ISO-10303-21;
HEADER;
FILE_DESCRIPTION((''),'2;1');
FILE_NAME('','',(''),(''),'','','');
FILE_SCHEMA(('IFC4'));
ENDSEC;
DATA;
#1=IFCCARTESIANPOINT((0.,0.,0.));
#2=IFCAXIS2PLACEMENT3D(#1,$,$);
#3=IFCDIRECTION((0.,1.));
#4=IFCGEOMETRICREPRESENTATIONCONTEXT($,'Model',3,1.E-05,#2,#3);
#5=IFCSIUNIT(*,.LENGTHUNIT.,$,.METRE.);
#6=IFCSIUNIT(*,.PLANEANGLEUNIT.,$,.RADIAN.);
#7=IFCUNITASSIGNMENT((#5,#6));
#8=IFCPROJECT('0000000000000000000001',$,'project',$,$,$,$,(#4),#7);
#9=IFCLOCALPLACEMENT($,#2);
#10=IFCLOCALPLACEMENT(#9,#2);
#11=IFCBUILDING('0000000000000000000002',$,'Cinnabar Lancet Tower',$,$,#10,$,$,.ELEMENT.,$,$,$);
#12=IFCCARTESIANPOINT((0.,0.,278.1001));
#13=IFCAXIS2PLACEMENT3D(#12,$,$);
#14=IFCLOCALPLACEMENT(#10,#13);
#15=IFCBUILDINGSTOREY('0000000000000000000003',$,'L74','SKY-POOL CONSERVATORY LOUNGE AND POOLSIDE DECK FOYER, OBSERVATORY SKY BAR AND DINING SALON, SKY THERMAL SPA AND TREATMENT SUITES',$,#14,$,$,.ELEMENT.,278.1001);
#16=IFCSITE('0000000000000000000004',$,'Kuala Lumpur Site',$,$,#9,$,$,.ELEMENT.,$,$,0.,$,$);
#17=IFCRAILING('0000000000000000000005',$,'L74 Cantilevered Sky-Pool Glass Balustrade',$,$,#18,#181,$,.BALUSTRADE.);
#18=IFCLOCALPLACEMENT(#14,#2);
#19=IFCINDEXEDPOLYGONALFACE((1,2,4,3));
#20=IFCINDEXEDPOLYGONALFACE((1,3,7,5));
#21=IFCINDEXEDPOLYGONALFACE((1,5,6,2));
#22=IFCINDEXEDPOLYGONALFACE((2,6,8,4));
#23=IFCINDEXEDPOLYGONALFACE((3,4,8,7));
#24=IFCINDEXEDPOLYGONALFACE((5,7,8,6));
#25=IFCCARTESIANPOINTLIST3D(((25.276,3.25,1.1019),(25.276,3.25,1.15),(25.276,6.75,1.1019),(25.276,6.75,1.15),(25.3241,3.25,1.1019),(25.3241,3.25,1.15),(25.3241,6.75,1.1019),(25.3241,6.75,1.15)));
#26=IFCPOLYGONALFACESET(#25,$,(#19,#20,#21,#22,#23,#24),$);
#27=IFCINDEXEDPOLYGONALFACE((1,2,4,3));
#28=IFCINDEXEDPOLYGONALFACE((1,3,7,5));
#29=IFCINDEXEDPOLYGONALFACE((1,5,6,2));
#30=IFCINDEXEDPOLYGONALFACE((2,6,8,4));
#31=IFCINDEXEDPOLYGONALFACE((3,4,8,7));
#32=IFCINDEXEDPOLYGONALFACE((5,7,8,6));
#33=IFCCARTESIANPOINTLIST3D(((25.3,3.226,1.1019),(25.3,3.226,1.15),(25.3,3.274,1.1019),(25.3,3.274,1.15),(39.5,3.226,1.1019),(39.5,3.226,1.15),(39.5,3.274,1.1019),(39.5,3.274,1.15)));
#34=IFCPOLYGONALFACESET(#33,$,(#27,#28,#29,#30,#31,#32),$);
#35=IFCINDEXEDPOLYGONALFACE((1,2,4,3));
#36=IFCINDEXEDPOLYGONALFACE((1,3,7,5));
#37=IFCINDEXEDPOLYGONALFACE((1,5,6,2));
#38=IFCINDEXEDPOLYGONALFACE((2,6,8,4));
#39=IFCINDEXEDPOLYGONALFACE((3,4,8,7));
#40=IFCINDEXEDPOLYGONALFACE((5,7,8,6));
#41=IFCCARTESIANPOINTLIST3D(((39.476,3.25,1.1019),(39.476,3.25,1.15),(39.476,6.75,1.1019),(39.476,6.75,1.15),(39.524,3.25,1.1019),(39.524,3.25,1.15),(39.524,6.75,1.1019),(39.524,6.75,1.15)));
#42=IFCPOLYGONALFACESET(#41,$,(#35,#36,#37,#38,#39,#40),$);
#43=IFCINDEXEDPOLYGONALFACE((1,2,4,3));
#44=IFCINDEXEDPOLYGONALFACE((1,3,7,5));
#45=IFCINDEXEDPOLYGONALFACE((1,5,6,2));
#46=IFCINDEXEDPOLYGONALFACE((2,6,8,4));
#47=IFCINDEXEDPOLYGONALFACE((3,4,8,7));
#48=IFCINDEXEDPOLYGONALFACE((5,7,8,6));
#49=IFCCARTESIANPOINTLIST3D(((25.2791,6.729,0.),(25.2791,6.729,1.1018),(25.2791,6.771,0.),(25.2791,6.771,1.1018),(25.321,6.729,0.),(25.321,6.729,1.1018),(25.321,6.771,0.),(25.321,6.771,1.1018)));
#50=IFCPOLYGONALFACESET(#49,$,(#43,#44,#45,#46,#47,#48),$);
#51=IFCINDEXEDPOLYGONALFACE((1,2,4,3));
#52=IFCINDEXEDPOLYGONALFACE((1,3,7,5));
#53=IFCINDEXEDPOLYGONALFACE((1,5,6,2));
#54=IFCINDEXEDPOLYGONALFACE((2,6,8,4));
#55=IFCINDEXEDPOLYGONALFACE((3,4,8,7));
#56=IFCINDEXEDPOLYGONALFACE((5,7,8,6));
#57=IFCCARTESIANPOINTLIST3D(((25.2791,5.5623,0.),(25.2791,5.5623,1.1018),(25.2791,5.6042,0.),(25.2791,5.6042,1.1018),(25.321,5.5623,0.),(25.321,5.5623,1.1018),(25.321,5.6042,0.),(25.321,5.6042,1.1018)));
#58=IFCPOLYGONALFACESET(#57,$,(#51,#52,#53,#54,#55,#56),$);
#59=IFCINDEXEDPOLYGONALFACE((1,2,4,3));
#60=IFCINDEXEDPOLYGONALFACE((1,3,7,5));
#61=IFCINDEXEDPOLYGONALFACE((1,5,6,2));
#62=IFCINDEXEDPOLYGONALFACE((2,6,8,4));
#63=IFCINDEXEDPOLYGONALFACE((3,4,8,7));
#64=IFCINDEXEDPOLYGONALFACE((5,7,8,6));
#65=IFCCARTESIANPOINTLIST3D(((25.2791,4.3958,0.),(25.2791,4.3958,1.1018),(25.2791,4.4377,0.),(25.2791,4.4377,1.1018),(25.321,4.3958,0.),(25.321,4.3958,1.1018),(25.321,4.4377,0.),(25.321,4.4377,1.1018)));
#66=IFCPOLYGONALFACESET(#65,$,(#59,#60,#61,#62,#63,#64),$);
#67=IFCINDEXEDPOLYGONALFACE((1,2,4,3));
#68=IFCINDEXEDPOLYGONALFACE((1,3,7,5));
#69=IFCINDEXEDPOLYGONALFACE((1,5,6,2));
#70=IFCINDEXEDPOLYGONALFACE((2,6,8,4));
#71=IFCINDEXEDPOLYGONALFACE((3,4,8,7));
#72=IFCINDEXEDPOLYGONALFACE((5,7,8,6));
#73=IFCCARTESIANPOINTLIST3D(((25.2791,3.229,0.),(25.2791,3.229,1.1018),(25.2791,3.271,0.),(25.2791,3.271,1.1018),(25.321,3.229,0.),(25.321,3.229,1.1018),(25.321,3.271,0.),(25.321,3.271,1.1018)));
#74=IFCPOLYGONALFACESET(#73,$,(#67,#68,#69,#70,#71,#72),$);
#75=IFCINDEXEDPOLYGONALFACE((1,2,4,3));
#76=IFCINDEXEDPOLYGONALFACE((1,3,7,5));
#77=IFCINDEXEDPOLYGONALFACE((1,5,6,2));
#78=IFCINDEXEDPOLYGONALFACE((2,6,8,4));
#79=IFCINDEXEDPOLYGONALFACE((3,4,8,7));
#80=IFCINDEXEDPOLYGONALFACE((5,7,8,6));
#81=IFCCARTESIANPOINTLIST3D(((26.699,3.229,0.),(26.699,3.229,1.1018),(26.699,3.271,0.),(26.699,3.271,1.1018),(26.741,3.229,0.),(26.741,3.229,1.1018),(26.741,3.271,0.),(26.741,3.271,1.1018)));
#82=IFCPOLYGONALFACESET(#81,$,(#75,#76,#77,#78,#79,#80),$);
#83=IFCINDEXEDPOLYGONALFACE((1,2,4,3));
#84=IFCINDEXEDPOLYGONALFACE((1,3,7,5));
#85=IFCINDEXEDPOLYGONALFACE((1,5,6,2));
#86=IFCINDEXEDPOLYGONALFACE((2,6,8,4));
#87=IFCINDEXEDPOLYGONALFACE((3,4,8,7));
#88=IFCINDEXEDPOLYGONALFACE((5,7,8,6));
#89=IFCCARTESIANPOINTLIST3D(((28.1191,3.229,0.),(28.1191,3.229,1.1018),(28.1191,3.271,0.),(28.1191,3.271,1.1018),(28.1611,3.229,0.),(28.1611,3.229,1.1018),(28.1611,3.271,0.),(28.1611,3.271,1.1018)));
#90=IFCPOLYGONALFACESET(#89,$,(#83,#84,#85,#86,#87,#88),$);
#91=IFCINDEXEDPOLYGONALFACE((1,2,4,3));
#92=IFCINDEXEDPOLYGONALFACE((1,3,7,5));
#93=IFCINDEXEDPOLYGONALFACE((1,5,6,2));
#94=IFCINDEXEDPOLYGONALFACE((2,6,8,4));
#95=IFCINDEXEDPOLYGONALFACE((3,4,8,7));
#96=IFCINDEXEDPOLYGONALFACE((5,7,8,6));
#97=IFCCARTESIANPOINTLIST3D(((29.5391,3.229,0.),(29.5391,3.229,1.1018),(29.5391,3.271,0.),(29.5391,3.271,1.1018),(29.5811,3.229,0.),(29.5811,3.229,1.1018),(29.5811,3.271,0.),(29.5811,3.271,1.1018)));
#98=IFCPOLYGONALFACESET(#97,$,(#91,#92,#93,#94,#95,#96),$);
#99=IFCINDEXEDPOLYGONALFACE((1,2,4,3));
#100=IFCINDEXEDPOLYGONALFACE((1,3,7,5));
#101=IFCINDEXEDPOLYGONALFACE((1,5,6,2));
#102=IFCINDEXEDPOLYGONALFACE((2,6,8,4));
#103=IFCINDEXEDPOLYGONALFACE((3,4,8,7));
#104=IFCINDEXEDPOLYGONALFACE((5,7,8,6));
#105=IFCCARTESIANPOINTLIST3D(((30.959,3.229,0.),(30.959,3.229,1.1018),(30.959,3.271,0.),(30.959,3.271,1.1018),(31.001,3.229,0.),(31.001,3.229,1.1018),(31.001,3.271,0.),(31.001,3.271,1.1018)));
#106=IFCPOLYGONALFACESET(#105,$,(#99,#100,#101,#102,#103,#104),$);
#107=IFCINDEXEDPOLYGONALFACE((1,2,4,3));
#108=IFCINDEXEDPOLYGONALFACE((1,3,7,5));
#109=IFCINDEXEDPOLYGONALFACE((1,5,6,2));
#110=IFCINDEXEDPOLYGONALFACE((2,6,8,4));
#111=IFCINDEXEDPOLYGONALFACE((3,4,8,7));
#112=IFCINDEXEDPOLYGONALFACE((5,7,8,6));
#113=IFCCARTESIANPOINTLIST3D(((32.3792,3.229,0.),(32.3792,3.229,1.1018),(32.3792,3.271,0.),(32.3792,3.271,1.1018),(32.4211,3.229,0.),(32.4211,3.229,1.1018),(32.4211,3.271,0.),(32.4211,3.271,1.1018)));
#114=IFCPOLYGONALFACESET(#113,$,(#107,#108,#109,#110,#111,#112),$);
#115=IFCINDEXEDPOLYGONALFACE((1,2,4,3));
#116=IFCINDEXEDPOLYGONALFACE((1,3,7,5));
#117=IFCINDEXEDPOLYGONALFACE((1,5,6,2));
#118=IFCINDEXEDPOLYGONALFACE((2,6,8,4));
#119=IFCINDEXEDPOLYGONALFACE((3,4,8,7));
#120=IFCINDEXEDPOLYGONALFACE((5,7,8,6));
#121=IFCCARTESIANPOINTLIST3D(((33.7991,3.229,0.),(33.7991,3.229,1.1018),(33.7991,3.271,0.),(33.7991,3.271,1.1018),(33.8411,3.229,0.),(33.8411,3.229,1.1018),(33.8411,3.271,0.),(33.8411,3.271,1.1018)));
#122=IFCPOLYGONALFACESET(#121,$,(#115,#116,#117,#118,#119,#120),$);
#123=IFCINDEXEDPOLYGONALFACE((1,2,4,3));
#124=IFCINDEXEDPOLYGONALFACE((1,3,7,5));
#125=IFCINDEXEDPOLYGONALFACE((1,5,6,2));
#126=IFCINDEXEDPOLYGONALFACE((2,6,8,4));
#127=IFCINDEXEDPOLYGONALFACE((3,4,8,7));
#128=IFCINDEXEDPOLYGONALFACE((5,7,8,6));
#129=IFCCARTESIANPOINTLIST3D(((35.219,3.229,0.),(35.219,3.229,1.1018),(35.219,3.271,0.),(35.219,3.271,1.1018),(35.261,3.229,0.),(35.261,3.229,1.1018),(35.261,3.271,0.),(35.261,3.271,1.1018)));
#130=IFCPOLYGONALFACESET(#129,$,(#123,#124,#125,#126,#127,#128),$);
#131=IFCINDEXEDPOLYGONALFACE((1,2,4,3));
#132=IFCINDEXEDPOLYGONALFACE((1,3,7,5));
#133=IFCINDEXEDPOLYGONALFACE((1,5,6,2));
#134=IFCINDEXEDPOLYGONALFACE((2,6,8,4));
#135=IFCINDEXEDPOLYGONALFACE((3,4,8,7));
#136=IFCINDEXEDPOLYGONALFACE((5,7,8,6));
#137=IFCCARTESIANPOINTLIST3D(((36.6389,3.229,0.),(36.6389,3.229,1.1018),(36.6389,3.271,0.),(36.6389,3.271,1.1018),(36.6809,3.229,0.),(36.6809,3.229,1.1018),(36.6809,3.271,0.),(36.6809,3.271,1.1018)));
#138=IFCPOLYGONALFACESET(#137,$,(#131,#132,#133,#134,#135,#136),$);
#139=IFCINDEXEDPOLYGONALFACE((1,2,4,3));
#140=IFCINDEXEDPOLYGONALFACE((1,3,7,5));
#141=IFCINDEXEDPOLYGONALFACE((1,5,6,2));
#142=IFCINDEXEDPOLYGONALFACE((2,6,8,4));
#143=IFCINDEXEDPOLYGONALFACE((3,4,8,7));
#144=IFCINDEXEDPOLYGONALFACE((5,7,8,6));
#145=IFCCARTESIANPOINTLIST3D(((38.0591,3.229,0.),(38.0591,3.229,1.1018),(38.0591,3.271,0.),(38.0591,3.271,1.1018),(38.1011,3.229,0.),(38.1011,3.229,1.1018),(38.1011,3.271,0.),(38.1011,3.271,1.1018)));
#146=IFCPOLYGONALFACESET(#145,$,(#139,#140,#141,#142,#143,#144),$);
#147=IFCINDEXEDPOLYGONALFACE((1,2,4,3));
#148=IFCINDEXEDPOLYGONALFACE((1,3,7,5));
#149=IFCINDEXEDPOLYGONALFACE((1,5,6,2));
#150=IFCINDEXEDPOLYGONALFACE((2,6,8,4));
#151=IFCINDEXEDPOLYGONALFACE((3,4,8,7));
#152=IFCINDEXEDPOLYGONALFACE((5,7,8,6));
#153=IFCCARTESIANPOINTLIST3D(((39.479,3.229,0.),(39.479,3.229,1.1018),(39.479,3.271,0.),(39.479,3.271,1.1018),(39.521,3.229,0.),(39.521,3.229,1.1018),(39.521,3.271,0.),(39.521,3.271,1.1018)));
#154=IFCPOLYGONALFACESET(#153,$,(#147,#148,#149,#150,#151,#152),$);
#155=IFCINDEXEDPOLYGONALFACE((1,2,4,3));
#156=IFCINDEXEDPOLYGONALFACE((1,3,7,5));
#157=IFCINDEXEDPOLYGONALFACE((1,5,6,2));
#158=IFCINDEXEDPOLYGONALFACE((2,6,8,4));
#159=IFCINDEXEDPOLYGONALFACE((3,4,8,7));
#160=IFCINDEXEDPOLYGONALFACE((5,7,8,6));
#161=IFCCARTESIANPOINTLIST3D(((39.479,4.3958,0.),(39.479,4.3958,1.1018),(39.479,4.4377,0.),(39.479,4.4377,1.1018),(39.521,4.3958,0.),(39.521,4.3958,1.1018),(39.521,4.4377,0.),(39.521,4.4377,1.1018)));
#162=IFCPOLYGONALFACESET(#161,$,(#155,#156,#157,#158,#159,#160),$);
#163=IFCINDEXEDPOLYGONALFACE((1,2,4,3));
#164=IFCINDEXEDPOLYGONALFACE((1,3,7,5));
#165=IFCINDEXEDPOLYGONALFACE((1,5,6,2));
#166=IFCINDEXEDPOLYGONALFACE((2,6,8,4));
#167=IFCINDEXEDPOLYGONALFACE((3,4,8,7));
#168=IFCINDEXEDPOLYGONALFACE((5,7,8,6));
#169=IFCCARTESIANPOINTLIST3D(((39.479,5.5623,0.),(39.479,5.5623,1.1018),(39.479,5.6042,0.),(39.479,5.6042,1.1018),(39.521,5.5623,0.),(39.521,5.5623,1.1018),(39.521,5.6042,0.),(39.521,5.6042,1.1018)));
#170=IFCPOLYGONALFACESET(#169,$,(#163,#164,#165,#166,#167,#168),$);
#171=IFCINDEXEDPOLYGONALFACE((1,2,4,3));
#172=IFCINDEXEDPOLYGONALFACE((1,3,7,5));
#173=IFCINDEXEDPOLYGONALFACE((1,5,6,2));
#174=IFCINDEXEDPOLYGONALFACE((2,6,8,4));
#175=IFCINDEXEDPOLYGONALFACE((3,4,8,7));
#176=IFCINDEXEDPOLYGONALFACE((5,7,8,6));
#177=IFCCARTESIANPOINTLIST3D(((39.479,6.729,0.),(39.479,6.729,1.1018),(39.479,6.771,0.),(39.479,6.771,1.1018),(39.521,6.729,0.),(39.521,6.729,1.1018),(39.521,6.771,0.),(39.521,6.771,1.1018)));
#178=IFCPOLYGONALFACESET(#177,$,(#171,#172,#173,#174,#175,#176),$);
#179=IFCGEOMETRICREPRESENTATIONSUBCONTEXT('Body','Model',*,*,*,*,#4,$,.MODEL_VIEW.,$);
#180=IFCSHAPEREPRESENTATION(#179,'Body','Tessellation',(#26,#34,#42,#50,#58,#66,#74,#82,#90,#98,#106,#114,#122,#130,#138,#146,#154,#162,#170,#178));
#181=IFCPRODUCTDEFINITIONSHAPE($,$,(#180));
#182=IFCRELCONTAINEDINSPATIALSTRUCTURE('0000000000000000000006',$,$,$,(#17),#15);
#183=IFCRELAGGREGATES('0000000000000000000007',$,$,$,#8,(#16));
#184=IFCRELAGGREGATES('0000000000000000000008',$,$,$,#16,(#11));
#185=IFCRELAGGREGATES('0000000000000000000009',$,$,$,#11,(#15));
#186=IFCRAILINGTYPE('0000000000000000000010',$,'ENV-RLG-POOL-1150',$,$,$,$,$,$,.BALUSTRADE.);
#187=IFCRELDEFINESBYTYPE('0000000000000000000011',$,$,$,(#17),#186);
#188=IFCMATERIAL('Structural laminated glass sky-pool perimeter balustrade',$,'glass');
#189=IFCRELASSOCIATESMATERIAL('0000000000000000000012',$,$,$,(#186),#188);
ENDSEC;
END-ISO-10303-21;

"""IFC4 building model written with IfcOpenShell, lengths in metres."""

from ifc_helpers import new_model, si_unit, direction, frame, origin, origin_2d, place, context, subcontext, project, spatial, rectangle, extrude, material, type_object, element, save


model = new_model("IFC4")

# Units and contexts
model_context = context("Model", 3, precision=1e-05, world=origin(), true_north=direction((0.0, 1.0)))
body_context = subcontext(model_context, "Body", "Model", "MODEL_VIEW")
ifc_project = project(units=[si_unit("LENGTHUNIT", "METRE"), si_unit("PLANEANGLEUNIT", "RADIAN")], contexts=[model_context])

# Site, building, storey
site_placement = place(None, origin())
site = spatial("IfcSite", under=ifc_project, at=site_placement, Name="Kuala Lumpur Site", CompositionType="ELEMENT", RefElevation=0.0)
building_placement = place(site_placement, origin())
building = spatial("IfcBuilding", under=site, at=building_placement, Name="Cinnabar Lancet Tower", CompositionType="ELEMENT")
storey_placement = place(building_placement, frame((0.0, 0.0, 278.1001)))
storey = spatial("IfcBuildingStorey", under=building, at=storey_placement, Name="L74", Description="SKY-POOL CONSERVATORY LOUNGE AND POOLSIDE DECK FOYER, OBSERVATORY SKY BAR AND DINING SALON, SKY THERMAL SPA AND TREATMENT SUITES", CompositionType="ELEMENT", Elevation=278.1001)

# Railing
ifc_material_1 = material(Name="Structural laminated glass sky-pool perimeter balustrade", Category="glass")
railing_type = type_object("IfcRailingType", Name="ENV-RLG-POOL-1150", PredefinedType="BALUSTRADE", material=ifc_material_1)
railing_placement = place(storey_placement, frame((25.3, 6.75, 0.0)))
element("IfcRailing", 1, at=railing_placement, inside=storey, type_object=railing_type, Name="L74 Cantilevered Sky-Pool Glass Balustrade", PredefinedType="BALUSTRADE", context=body_context, shape_type="SweptSolid", body=[
    extrude(rectangle(XDim=0.0481, YDim=0.0481, at=origin_2d()), frame((0.0, 0.0, 1.126), z_axis=(0.0, -1.0, 0.0), x_axis=(1.0, 0.0, 0.0)), (0.0, 0.0, 1.0), 3.5),
    extrude(rectangle(XDim=0.0481, YDim=0.0481, at=origin_2d()), frame((0.0, -3.5, 1.126), z_axis=(1.0, 0.0, 0.0), x_axis=(0.0, 1.0, 0.0)), (0.0, 0.0, 1.0), 14.2),
    extrude(rectangle(XDim=0.0481, YDim=0.0481, at=origin_2d()), frame((14.2, -3.5, 1.126), z_axis=(0.0, 1.0, 0.0), x_axis=(-1.0, 0.0, 0.0)), (0.0, 0.0, 1.0), 3.5),
    extrude(rectangle(XDim=0.042, YDim=0.042, at=origin_2d()), origin(), (0.0, 0.0, 1.0), 1.1018),
    extrude(rectangle(XDim=0.042, YDim=0.042, at=origin_2d()), frame((0.0, -1.1667, 0.0)), (0.0, 0.0, 1.0), 1.1018),
    extrude(rectangle(XDim=0.042, YDim=0.042, at=origin_2d()), frame((0.0, -2.3333, 0.0)), (0.0, 0.0, 1.0), 1.1018),
    extrude(rectangle(XDim=0.042, YDim=0.042, at=origin_2d()), frame((0.0, -3.5, 0.0)), (0.0, 0.0, 1.0), 1.1018),
    extrude(rectangle(XDim=0.042, YDim=0.042, at=origin_2d()), frame((1.4199, -3.5, 0.0)), (0.0, 0.0, 1.0), 1.1018),
    extrude(rectangle(XDim=0.042, YDim=0.042, at=origin_2d()), frame((2.8401, -3.5, 0.0)), (0.0, 0.0, 1.0), 1.1018),
    extrude(rectangle(XDim=0.042, YDim=0.042, at=origin_2d()), frame((4.26, -3.5, 0.0)), (0.0, 0.0, 1.0), 1.1018),
    extrude(rectangle(XDim=0.042, YDim=0.042, at=origin_2d()), frame((5.6799, -3.5, 0.0)), (0.0, 0.0, 1.0), 1.1018),
    extrude(rectangle(XDim=0.042, YDim=0.042, at=origin_2d()), frame((7.1001, -3.5, 0.0)), (0.0, 0.0, 1.0), 1.1018),
    extrude(rectangle(XDim=0.042, YDim=0.042, at=origin_2d()), frame((8.52, -3.5, 0.0)), (0.0, 0.0, 1.0), 1.1018),
    extrude(rectangle(XDim=0.042, YDim=0.042, at=origin_2d()), frame((9.9399, -3.5, 0.0)), (0.0, 0.0, 1.0), 1.1018),
    extrude(rectangle(XDim=0.042, YDim=0.042, at=origin_2d()), frame((11.3599, -3.5, 0.0)), (0.0, 0.0, 1.0), 1.1018),
    extrude(rectangle(XDim=0.042, YDim=0.042, at=origin_2d()), frame((12.78, -3.5, 0.0)), (0.0, 0.0, 1.0), 1.1018),
    extrude(rectangle(XDim=0.042, YDim=0.042, at=origin_2d()), frame((14.2, -3.5, 0.0)), (0.0, 0.0, 1.0), 1.1018),
    extrude(rectangle(XDim=0.042, YDim=0.042, at=origin_2d()), frame((14.2, -2.3333, 0.0)), (0.0, 0.0, 1.0), 1.1018),
    extrude(rectangle(XDim=0.042, YDim=0.042, at=origin_2d()), frame((14.2, -1.1667, 0.0)), (0.0, 0.0, 1.0), 1.1018),
    extrude(rectangle(XDim=0.042, YDim=0.042, at=origin_2d()), frame((14.2, 0.0, 0.0)), (0.0, 0.0, 1.0), 1.1018),
])

save(model, "model.ifc")
